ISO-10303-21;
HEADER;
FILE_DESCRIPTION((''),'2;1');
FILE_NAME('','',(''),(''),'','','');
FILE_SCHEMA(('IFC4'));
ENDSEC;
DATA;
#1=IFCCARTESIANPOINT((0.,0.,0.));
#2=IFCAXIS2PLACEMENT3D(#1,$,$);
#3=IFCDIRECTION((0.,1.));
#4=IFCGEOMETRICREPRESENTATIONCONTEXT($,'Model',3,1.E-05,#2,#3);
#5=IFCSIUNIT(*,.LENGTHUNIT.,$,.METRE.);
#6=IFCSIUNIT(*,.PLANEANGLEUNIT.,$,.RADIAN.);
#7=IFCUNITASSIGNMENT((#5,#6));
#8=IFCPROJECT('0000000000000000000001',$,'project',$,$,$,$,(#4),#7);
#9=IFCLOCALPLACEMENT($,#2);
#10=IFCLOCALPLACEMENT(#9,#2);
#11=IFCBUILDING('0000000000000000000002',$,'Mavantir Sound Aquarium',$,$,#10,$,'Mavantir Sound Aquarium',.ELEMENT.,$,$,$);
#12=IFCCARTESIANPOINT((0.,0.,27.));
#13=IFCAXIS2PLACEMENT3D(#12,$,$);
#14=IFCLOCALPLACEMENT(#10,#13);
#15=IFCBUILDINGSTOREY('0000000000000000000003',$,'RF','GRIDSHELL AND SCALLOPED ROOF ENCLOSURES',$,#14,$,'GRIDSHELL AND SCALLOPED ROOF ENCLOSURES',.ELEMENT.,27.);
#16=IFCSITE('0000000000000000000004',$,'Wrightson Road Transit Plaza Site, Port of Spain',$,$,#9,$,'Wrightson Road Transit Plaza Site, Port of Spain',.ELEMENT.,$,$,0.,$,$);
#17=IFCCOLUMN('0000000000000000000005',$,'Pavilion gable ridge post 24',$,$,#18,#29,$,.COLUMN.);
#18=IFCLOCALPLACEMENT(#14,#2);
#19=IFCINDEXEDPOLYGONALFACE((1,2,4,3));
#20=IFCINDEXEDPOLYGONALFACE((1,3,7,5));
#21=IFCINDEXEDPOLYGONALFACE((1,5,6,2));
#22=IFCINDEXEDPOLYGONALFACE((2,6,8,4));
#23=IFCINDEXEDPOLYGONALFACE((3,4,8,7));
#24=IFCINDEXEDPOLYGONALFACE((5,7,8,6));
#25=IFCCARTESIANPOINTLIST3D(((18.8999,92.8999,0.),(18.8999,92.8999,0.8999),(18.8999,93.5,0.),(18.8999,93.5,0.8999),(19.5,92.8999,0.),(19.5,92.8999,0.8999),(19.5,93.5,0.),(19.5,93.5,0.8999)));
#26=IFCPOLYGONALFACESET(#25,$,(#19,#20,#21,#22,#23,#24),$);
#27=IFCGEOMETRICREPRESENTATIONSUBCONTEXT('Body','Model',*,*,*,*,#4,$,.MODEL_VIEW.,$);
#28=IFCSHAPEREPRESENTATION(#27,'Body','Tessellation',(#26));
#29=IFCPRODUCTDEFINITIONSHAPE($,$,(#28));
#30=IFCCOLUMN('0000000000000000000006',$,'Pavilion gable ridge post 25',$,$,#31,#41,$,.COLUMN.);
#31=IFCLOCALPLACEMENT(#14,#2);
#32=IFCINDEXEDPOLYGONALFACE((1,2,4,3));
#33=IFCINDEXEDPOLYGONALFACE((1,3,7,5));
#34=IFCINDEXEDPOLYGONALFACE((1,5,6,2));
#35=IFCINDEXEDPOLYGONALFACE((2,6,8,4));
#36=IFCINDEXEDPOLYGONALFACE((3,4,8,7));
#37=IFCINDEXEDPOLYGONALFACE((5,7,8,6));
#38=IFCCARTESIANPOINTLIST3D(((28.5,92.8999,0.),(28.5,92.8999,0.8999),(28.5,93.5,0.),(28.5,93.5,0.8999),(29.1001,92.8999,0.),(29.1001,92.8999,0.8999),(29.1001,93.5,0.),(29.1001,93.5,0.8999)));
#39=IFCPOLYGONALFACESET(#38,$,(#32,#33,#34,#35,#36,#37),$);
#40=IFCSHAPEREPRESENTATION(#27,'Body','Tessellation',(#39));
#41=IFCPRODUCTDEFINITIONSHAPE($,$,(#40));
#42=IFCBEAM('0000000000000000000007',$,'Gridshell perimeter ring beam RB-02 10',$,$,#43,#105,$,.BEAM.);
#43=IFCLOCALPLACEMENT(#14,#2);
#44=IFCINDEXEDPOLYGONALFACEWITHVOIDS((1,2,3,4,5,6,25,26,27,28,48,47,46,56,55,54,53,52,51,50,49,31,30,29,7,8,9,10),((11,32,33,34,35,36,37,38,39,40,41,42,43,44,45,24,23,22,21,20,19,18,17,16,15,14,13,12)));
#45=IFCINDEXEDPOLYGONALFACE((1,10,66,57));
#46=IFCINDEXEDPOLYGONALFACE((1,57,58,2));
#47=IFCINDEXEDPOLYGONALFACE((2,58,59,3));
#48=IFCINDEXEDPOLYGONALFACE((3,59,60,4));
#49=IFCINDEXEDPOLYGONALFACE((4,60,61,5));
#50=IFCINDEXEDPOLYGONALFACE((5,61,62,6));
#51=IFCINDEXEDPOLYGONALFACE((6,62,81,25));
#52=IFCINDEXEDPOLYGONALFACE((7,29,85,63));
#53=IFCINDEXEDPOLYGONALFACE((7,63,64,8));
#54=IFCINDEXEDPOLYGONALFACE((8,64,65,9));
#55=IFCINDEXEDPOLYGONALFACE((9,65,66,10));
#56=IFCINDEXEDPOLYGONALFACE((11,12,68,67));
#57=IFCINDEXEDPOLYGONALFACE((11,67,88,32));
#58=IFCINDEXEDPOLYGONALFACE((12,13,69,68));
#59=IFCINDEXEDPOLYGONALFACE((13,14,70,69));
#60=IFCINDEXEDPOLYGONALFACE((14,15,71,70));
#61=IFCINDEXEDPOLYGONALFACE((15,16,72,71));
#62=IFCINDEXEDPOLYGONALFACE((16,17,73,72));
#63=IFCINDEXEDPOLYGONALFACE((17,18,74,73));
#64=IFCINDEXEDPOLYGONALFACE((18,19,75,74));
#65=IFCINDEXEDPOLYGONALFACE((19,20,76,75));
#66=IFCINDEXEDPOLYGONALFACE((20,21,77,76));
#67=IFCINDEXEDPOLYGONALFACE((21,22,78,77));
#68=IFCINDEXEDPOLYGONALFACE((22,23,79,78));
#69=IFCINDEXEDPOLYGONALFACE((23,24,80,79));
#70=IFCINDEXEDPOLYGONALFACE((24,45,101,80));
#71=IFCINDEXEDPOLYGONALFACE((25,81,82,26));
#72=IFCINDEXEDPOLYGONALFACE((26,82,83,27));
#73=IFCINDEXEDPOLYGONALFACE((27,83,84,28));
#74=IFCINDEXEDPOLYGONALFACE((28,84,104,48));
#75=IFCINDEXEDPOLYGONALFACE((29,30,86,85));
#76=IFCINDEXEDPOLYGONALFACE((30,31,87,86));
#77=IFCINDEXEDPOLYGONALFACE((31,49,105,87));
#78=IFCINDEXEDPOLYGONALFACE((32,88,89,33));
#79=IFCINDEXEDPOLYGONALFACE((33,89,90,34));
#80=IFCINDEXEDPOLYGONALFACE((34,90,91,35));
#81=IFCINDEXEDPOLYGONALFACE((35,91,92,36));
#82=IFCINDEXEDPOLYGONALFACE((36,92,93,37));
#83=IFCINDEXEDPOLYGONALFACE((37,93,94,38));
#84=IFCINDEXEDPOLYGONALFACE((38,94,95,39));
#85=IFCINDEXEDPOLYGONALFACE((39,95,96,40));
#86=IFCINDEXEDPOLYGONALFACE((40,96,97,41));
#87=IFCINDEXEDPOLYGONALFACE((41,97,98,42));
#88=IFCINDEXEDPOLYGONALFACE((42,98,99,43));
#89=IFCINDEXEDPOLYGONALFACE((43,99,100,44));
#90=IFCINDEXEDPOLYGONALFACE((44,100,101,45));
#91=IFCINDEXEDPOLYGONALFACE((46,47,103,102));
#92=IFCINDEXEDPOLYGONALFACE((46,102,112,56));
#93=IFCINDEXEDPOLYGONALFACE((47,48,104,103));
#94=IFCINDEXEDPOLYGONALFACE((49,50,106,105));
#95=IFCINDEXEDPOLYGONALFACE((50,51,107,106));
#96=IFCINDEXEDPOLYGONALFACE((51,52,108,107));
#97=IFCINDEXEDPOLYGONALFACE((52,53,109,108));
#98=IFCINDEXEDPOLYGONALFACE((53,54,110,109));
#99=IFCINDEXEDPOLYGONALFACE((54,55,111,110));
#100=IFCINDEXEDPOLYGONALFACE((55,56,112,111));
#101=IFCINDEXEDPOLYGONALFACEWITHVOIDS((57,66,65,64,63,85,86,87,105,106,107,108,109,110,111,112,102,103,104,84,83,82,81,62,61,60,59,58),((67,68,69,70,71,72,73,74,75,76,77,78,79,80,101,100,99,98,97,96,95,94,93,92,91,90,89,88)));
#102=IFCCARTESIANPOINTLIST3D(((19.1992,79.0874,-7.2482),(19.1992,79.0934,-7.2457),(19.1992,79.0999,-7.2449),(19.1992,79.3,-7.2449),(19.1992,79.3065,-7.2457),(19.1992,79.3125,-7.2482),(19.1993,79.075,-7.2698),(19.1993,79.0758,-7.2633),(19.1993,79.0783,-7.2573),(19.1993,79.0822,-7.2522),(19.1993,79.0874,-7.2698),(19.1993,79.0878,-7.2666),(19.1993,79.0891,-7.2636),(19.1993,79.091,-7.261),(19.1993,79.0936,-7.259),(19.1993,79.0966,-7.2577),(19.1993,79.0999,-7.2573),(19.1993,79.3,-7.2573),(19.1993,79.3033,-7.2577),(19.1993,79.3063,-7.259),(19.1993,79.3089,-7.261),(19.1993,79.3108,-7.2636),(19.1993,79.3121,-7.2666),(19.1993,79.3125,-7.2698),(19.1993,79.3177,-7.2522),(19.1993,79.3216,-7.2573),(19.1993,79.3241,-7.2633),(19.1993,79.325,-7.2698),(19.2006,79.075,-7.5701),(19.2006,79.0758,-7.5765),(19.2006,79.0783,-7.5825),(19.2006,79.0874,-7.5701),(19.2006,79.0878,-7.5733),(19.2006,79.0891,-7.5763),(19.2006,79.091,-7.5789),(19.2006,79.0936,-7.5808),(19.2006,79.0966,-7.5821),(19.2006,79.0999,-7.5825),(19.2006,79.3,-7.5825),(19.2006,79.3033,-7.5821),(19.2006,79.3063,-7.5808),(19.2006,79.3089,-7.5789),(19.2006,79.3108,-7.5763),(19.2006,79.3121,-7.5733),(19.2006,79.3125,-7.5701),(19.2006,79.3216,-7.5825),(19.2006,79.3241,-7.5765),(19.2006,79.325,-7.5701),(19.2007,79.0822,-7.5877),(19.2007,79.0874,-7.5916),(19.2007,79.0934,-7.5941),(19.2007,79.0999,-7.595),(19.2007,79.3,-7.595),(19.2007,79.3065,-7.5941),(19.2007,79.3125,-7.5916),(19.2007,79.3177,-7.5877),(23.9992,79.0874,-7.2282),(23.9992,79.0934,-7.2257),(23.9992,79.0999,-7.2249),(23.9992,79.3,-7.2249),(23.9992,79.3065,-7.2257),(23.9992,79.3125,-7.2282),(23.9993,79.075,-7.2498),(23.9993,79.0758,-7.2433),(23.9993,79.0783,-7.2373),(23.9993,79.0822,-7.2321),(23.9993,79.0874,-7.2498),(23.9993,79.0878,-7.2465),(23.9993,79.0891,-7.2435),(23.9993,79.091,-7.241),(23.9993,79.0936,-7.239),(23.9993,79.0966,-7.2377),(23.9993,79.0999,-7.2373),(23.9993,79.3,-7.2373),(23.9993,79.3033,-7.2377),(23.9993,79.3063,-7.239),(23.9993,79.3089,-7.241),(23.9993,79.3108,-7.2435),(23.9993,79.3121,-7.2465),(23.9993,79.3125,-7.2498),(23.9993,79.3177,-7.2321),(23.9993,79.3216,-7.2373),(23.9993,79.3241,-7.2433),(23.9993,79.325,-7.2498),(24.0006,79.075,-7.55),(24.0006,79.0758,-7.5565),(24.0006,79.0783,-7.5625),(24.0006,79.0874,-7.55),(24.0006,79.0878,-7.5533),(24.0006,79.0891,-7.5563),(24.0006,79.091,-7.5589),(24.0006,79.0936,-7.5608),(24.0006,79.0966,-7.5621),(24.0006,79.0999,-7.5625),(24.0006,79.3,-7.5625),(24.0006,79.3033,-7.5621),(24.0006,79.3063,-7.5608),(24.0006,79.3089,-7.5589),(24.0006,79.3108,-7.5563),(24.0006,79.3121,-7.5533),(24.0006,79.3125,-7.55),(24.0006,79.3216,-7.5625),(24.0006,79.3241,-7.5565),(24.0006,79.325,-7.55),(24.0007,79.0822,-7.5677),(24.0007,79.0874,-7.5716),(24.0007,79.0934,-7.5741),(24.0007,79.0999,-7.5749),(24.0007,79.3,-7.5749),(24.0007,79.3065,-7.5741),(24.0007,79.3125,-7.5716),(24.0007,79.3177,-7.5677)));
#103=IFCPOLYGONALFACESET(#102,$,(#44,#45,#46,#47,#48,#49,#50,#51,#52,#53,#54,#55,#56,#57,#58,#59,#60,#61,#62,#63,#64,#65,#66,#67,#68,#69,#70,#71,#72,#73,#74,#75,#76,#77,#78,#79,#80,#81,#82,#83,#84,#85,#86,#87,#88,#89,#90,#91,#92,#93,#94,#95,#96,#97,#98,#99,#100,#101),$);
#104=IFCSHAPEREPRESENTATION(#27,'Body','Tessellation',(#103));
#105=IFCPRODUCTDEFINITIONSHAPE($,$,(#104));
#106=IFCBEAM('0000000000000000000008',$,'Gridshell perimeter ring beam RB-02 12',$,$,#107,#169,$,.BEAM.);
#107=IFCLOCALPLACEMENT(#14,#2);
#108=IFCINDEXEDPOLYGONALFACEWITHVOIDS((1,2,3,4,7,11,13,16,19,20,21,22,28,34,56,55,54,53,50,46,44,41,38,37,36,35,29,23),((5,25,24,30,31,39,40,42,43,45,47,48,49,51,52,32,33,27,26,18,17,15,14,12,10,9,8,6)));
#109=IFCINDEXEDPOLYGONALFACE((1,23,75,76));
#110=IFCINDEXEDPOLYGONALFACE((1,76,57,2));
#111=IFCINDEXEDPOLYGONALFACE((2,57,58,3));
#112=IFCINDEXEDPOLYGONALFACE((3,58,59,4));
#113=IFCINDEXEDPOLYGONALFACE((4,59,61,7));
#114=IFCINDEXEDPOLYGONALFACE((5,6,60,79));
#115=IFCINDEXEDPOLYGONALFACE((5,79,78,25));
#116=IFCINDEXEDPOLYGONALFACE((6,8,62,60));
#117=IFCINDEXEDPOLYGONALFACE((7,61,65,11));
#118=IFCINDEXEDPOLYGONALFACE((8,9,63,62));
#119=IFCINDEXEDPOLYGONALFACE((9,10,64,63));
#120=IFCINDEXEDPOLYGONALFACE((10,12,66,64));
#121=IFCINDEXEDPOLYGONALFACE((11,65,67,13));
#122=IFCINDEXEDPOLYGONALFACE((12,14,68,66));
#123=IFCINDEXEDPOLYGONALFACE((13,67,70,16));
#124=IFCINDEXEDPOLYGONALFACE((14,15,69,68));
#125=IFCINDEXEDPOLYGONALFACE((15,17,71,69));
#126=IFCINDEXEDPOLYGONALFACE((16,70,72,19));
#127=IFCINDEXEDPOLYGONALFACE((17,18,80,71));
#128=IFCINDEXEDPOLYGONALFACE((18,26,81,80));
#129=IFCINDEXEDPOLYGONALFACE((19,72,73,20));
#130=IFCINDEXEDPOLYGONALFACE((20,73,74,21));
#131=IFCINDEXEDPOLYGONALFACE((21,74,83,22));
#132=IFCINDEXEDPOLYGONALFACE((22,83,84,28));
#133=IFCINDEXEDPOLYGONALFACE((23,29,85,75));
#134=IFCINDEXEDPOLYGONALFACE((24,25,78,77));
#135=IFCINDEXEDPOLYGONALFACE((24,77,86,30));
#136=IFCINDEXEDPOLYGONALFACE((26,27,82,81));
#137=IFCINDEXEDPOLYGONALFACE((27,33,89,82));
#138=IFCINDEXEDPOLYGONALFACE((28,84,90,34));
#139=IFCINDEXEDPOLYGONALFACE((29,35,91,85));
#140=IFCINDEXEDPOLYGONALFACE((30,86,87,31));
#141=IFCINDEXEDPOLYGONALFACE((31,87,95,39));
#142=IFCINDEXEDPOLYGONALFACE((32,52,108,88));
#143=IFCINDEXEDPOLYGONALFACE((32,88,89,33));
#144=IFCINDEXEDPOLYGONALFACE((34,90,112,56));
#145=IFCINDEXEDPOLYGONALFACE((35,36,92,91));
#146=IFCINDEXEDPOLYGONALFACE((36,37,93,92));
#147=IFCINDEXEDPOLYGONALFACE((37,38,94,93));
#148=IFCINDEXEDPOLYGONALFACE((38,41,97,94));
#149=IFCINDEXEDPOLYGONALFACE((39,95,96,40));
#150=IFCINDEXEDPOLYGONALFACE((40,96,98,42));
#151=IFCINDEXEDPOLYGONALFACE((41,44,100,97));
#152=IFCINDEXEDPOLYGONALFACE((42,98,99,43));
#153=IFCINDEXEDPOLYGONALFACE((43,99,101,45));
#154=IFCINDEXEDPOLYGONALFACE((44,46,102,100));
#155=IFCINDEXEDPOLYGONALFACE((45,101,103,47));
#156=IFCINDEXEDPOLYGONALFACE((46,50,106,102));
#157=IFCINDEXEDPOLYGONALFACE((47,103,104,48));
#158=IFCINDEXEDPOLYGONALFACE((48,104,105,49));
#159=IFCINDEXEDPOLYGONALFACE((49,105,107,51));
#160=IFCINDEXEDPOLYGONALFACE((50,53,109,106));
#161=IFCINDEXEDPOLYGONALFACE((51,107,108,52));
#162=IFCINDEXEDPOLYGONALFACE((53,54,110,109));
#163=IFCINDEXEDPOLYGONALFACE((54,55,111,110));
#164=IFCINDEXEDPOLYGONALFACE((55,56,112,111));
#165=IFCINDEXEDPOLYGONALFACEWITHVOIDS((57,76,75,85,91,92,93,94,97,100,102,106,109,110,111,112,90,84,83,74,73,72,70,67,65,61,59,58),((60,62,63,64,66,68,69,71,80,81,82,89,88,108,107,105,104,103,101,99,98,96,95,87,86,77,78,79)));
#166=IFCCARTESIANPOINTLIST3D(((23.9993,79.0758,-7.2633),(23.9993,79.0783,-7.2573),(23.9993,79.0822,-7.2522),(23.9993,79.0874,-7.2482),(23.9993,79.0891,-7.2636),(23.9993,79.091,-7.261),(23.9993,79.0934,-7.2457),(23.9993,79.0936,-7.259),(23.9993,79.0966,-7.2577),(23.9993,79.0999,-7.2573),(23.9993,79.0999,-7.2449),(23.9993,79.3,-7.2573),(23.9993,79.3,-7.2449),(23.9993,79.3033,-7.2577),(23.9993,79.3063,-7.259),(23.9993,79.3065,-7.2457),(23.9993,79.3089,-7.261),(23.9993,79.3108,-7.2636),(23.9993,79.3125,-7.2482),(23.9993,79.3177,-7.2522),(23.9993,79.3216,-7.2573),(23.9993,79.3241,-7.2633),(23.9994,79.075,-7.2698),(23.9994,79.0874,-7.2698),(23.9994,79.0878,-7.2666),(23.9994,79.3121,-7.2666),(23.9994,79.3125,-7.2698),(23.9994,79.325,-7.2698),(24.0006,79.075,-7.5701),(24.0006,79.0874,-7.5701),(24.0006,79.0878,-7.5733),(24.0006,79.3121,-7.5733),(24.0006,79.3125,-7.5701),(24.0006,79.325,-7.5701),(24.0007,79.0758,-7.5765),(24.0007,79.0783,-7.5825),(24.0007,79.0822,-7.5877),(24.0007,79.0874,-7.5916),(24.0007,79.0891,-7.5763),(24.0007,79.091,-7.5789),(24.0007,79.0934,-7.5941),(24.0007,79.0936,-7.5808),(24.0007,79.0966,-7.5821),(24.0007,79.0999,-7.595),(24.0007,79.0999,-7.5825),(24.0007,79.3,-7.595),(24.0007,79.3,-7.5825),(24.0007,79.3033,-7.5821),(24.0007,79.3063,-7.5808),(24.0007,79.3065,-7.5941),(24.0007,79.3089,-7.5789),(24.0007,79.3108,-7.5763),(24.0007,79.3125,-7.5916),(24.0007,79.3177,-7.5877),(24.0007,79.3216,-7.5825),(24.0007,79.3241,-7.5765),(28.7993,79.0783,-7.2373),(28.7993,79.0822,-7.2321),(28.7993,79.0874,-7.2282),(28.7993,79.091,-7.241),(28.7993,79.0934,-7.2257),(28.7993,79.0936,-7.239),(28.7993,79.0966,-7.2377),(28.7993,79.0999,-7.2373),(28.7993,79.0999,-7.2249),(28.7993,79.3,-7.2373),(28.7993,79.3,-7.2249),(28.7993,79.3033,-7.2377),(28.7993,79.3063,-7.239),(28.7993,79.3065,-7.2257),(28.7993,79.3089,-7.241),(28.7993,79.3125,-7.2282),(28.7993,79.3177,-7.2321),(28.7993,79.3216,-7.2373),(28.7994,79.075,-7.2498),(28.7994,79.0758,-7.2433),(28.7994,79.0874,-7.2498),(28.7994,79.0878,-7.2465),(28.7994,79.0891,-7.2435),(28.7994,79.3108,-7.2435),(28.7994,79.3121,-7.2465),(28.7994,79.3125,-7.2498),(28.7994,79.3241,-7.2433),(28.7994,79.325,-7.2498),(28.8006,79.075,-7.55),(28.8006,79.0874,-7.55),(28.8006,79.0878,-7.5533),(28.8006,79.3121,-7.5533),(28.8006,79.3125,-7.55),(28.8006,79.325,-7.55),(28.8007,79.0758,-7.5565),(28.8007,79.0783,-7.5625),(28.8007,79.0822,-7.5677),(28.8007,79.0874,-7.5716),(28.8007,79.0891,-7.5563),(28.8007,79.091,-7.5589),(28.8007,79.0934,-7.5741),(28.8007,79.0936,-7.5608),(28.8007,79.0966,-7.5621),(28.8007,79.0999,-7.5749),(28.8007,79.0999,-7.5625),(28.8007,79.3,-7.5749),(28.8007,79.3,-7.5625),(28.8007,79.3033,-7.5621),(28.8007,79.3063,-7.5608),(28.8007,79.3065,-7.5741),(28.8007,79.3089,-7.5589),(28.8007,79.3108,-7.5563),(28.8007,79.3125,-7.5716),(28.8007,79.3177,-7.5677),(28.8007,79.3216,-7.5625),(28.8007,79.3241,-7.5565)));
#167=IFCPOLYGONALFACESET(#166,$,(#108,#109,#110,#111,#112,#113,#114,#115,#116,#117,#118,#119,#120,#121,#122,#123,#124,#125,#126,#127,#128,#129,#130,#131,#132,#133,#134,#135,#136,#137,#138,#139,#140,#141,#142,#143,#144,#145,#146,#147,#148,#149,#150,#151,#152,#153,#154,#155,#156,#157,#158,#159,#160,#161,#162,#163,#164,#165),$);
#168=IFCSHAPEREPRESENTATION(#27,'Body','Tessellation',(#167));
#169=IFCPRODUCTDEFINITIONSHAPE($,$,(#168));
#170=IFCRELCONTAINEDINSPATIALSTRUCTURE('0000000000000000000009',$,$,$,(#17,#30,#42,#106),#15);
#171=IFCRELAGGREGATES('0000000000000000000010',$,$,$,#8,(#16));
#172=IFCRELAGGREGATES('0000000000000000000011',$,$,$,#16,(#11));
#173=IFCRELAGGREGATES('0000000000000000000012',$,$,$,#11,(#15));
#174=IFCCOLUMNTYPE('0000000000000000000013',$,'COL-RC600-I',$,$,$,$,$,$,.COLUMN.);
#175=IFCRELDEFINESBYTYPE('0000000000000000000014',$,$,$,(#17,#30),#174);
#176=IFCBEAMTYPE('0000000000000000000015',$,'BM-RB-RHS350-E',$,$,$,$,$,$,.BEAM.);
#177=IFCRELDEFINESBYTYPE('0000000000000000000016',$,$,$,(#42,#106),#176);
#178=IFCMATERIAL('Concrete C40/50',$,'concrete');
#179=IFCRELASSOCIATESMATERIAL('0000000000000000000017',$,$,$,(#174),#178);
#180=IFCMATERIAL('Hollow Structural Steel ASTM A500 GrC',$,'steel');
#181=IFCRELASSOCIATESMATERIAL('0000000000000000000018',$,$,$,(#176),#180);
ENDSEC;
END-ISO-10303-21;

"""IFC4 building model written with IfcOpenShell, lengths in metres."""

from ifc_helpers import new_model, si_unit, direction, frame, origin, origin_2d, place, context, subcontext, project, spatial, rectangle, hollow_rectangle, extrude, material, material_profile, profile_set, type_object, element, save


model = new_model("IFC4")

# Units and contexts
model_context = context("Model", 3, precision=1e-05, world=origin(), true_north=direction((0.0, 1.0)))
body_context = subcontext(model_context, "Body", "Model", "MODEL_VIEW")
ifc_project = project(units=[si_unit("LENGTHUNIT", "METRE"), si_unit("PLANEANGLEUNIT", "RADIAN")], contexts=[model_context])

# Site, building, storey
site_placement = place(None, origin())
site = spatial("IfcSite", under=ifc_project, at=site_placement, Name="Wrightson Road Transit Plaza Site, Port of Spain", LongName="Wrightson Road Transit Plaza Site, Port of Spain", CompositionType="ELEMENT", RefElevation=0.0)
building_placement = place(site_placement, origin())
building = spatial("IfcBuilding", under=site, at=building_placement, Name="Mavantir Sound Aquarium", LongName="Mavantir Sound Aquarium", CompositionType="ELEMENT")
storey_placement = place(building_placement, frame((0.0, 0.0, 27.0)))
storey = spatial("IfcBuildingStorey", under=building, at=storey_placement, Name="RF", Description="GRIDSHELL AND SCALLOPED ROOF ENCLOSURES", LongName="GRIDSHELL AND SCALLOPED ROOF ENCLOSURES", CompositionType="ELEMENT", Elevation=27.0)

# Columns
ifc_material_1 = material(Name="Concrete C40/50", Category="concrete")
ifc_material_profile_1 = material_profile(ifc_material_1, rectangle(XDim=0.6001, YDim=0.6001, at=origin_2d()), Name="RC 600X600")
ifc_profile_set_1 = profile_set([ifc_material_profile_1], Name="Concrete C40/50")
column_type = type_object("IfcColumnType", Name="COL-RC600-I", PredefinedType="COLUMN", material=ifc_profile_set_1)
for number, where, z_axis, x_axis, name in (
    (1, (19.2, 93.2, 0.0), (0.0, 0.0, 1.0), (1.0, 0.0, 0.0), "Pavilion gable ridge post 24"),
    (2, (28.8, 93.2, 0.0), (0.0, 0.0, 1.0), (1.0, 0.0, 0.0), "Pavilion gable ridge post 25"),
):
    element("IfcColumn", number, at=place(storey_placement, frame(where, z_axis=z_axis, x_axis=x_axis)), inside=storey, type_object=column_type, Name=name, PredefinedType="COLUMN", context=body_context, shape_type="SweptSolid", body=[
        extrude(rectangle(XDim=0.6001, YDim=0.6001, at=origin_2d()), origin(), (0.0, 0.0, 1.0), 0.8999),
    ])

# Beams
ifc_material_2 = material(Name="Hollow Structural Steel ASTM A500 GrC", Category="steel")
ifc_material_profile_2 = material_profile(ifc_material_2, hollow_rectangle(XDim=0.25, YDim=0.3501, WallThickness=0.0125, InnerFilletRadius=0.0125, OuterFilletRadius=0.0249, at=origin_2d()), Name="RHS 350X250X12.5")
ifc_profile_set_2 = profile_set([ifc_material_profile_2], Name="Hollow Structural Steel ASTM A500 GrC")
beam_type_1 = type_object("IfcBeamType", Name="BM-RB-RHS350-E", PredefinedType="BEAM", material=ifc_profile_set_2)
for number, where, z_axis, x_axis, name in (
    (3, (19.2, 79.2, -7.4199), (0.999991, 0.0, 0.004171), (0.0, 1.0, 0.0), "Gridshell perimeter ring beam RB-02 10"),
    (4, (24.0, 79.2, -7.4199), (0.999991, 0.0, 0.004171), (0.0, 1.0, 0.0), "Gridshell perimeter ring beam RB-02 12"),
):
    element("IfcBeam", number, at=place(storey_placement, frame(where, z_axis=z_axis, x_axis=x_axis)), inside=storey, type_object=beam_type_1, Name=name, PredefinedType="BEAM", context=body_context, shape_type="SweptSolid", body=[
        extrude(hollow_rectangle(XDim=0.25, YDim=0.3501, WallThickness=0.0125, InnerFilletRadius=0.0125, OuterFilletRadius=0.0249, at=origin_2d()), origin(), (0.0, 0.0, 1.0), 4.8),
    ])

save(model, "model.ifc")
